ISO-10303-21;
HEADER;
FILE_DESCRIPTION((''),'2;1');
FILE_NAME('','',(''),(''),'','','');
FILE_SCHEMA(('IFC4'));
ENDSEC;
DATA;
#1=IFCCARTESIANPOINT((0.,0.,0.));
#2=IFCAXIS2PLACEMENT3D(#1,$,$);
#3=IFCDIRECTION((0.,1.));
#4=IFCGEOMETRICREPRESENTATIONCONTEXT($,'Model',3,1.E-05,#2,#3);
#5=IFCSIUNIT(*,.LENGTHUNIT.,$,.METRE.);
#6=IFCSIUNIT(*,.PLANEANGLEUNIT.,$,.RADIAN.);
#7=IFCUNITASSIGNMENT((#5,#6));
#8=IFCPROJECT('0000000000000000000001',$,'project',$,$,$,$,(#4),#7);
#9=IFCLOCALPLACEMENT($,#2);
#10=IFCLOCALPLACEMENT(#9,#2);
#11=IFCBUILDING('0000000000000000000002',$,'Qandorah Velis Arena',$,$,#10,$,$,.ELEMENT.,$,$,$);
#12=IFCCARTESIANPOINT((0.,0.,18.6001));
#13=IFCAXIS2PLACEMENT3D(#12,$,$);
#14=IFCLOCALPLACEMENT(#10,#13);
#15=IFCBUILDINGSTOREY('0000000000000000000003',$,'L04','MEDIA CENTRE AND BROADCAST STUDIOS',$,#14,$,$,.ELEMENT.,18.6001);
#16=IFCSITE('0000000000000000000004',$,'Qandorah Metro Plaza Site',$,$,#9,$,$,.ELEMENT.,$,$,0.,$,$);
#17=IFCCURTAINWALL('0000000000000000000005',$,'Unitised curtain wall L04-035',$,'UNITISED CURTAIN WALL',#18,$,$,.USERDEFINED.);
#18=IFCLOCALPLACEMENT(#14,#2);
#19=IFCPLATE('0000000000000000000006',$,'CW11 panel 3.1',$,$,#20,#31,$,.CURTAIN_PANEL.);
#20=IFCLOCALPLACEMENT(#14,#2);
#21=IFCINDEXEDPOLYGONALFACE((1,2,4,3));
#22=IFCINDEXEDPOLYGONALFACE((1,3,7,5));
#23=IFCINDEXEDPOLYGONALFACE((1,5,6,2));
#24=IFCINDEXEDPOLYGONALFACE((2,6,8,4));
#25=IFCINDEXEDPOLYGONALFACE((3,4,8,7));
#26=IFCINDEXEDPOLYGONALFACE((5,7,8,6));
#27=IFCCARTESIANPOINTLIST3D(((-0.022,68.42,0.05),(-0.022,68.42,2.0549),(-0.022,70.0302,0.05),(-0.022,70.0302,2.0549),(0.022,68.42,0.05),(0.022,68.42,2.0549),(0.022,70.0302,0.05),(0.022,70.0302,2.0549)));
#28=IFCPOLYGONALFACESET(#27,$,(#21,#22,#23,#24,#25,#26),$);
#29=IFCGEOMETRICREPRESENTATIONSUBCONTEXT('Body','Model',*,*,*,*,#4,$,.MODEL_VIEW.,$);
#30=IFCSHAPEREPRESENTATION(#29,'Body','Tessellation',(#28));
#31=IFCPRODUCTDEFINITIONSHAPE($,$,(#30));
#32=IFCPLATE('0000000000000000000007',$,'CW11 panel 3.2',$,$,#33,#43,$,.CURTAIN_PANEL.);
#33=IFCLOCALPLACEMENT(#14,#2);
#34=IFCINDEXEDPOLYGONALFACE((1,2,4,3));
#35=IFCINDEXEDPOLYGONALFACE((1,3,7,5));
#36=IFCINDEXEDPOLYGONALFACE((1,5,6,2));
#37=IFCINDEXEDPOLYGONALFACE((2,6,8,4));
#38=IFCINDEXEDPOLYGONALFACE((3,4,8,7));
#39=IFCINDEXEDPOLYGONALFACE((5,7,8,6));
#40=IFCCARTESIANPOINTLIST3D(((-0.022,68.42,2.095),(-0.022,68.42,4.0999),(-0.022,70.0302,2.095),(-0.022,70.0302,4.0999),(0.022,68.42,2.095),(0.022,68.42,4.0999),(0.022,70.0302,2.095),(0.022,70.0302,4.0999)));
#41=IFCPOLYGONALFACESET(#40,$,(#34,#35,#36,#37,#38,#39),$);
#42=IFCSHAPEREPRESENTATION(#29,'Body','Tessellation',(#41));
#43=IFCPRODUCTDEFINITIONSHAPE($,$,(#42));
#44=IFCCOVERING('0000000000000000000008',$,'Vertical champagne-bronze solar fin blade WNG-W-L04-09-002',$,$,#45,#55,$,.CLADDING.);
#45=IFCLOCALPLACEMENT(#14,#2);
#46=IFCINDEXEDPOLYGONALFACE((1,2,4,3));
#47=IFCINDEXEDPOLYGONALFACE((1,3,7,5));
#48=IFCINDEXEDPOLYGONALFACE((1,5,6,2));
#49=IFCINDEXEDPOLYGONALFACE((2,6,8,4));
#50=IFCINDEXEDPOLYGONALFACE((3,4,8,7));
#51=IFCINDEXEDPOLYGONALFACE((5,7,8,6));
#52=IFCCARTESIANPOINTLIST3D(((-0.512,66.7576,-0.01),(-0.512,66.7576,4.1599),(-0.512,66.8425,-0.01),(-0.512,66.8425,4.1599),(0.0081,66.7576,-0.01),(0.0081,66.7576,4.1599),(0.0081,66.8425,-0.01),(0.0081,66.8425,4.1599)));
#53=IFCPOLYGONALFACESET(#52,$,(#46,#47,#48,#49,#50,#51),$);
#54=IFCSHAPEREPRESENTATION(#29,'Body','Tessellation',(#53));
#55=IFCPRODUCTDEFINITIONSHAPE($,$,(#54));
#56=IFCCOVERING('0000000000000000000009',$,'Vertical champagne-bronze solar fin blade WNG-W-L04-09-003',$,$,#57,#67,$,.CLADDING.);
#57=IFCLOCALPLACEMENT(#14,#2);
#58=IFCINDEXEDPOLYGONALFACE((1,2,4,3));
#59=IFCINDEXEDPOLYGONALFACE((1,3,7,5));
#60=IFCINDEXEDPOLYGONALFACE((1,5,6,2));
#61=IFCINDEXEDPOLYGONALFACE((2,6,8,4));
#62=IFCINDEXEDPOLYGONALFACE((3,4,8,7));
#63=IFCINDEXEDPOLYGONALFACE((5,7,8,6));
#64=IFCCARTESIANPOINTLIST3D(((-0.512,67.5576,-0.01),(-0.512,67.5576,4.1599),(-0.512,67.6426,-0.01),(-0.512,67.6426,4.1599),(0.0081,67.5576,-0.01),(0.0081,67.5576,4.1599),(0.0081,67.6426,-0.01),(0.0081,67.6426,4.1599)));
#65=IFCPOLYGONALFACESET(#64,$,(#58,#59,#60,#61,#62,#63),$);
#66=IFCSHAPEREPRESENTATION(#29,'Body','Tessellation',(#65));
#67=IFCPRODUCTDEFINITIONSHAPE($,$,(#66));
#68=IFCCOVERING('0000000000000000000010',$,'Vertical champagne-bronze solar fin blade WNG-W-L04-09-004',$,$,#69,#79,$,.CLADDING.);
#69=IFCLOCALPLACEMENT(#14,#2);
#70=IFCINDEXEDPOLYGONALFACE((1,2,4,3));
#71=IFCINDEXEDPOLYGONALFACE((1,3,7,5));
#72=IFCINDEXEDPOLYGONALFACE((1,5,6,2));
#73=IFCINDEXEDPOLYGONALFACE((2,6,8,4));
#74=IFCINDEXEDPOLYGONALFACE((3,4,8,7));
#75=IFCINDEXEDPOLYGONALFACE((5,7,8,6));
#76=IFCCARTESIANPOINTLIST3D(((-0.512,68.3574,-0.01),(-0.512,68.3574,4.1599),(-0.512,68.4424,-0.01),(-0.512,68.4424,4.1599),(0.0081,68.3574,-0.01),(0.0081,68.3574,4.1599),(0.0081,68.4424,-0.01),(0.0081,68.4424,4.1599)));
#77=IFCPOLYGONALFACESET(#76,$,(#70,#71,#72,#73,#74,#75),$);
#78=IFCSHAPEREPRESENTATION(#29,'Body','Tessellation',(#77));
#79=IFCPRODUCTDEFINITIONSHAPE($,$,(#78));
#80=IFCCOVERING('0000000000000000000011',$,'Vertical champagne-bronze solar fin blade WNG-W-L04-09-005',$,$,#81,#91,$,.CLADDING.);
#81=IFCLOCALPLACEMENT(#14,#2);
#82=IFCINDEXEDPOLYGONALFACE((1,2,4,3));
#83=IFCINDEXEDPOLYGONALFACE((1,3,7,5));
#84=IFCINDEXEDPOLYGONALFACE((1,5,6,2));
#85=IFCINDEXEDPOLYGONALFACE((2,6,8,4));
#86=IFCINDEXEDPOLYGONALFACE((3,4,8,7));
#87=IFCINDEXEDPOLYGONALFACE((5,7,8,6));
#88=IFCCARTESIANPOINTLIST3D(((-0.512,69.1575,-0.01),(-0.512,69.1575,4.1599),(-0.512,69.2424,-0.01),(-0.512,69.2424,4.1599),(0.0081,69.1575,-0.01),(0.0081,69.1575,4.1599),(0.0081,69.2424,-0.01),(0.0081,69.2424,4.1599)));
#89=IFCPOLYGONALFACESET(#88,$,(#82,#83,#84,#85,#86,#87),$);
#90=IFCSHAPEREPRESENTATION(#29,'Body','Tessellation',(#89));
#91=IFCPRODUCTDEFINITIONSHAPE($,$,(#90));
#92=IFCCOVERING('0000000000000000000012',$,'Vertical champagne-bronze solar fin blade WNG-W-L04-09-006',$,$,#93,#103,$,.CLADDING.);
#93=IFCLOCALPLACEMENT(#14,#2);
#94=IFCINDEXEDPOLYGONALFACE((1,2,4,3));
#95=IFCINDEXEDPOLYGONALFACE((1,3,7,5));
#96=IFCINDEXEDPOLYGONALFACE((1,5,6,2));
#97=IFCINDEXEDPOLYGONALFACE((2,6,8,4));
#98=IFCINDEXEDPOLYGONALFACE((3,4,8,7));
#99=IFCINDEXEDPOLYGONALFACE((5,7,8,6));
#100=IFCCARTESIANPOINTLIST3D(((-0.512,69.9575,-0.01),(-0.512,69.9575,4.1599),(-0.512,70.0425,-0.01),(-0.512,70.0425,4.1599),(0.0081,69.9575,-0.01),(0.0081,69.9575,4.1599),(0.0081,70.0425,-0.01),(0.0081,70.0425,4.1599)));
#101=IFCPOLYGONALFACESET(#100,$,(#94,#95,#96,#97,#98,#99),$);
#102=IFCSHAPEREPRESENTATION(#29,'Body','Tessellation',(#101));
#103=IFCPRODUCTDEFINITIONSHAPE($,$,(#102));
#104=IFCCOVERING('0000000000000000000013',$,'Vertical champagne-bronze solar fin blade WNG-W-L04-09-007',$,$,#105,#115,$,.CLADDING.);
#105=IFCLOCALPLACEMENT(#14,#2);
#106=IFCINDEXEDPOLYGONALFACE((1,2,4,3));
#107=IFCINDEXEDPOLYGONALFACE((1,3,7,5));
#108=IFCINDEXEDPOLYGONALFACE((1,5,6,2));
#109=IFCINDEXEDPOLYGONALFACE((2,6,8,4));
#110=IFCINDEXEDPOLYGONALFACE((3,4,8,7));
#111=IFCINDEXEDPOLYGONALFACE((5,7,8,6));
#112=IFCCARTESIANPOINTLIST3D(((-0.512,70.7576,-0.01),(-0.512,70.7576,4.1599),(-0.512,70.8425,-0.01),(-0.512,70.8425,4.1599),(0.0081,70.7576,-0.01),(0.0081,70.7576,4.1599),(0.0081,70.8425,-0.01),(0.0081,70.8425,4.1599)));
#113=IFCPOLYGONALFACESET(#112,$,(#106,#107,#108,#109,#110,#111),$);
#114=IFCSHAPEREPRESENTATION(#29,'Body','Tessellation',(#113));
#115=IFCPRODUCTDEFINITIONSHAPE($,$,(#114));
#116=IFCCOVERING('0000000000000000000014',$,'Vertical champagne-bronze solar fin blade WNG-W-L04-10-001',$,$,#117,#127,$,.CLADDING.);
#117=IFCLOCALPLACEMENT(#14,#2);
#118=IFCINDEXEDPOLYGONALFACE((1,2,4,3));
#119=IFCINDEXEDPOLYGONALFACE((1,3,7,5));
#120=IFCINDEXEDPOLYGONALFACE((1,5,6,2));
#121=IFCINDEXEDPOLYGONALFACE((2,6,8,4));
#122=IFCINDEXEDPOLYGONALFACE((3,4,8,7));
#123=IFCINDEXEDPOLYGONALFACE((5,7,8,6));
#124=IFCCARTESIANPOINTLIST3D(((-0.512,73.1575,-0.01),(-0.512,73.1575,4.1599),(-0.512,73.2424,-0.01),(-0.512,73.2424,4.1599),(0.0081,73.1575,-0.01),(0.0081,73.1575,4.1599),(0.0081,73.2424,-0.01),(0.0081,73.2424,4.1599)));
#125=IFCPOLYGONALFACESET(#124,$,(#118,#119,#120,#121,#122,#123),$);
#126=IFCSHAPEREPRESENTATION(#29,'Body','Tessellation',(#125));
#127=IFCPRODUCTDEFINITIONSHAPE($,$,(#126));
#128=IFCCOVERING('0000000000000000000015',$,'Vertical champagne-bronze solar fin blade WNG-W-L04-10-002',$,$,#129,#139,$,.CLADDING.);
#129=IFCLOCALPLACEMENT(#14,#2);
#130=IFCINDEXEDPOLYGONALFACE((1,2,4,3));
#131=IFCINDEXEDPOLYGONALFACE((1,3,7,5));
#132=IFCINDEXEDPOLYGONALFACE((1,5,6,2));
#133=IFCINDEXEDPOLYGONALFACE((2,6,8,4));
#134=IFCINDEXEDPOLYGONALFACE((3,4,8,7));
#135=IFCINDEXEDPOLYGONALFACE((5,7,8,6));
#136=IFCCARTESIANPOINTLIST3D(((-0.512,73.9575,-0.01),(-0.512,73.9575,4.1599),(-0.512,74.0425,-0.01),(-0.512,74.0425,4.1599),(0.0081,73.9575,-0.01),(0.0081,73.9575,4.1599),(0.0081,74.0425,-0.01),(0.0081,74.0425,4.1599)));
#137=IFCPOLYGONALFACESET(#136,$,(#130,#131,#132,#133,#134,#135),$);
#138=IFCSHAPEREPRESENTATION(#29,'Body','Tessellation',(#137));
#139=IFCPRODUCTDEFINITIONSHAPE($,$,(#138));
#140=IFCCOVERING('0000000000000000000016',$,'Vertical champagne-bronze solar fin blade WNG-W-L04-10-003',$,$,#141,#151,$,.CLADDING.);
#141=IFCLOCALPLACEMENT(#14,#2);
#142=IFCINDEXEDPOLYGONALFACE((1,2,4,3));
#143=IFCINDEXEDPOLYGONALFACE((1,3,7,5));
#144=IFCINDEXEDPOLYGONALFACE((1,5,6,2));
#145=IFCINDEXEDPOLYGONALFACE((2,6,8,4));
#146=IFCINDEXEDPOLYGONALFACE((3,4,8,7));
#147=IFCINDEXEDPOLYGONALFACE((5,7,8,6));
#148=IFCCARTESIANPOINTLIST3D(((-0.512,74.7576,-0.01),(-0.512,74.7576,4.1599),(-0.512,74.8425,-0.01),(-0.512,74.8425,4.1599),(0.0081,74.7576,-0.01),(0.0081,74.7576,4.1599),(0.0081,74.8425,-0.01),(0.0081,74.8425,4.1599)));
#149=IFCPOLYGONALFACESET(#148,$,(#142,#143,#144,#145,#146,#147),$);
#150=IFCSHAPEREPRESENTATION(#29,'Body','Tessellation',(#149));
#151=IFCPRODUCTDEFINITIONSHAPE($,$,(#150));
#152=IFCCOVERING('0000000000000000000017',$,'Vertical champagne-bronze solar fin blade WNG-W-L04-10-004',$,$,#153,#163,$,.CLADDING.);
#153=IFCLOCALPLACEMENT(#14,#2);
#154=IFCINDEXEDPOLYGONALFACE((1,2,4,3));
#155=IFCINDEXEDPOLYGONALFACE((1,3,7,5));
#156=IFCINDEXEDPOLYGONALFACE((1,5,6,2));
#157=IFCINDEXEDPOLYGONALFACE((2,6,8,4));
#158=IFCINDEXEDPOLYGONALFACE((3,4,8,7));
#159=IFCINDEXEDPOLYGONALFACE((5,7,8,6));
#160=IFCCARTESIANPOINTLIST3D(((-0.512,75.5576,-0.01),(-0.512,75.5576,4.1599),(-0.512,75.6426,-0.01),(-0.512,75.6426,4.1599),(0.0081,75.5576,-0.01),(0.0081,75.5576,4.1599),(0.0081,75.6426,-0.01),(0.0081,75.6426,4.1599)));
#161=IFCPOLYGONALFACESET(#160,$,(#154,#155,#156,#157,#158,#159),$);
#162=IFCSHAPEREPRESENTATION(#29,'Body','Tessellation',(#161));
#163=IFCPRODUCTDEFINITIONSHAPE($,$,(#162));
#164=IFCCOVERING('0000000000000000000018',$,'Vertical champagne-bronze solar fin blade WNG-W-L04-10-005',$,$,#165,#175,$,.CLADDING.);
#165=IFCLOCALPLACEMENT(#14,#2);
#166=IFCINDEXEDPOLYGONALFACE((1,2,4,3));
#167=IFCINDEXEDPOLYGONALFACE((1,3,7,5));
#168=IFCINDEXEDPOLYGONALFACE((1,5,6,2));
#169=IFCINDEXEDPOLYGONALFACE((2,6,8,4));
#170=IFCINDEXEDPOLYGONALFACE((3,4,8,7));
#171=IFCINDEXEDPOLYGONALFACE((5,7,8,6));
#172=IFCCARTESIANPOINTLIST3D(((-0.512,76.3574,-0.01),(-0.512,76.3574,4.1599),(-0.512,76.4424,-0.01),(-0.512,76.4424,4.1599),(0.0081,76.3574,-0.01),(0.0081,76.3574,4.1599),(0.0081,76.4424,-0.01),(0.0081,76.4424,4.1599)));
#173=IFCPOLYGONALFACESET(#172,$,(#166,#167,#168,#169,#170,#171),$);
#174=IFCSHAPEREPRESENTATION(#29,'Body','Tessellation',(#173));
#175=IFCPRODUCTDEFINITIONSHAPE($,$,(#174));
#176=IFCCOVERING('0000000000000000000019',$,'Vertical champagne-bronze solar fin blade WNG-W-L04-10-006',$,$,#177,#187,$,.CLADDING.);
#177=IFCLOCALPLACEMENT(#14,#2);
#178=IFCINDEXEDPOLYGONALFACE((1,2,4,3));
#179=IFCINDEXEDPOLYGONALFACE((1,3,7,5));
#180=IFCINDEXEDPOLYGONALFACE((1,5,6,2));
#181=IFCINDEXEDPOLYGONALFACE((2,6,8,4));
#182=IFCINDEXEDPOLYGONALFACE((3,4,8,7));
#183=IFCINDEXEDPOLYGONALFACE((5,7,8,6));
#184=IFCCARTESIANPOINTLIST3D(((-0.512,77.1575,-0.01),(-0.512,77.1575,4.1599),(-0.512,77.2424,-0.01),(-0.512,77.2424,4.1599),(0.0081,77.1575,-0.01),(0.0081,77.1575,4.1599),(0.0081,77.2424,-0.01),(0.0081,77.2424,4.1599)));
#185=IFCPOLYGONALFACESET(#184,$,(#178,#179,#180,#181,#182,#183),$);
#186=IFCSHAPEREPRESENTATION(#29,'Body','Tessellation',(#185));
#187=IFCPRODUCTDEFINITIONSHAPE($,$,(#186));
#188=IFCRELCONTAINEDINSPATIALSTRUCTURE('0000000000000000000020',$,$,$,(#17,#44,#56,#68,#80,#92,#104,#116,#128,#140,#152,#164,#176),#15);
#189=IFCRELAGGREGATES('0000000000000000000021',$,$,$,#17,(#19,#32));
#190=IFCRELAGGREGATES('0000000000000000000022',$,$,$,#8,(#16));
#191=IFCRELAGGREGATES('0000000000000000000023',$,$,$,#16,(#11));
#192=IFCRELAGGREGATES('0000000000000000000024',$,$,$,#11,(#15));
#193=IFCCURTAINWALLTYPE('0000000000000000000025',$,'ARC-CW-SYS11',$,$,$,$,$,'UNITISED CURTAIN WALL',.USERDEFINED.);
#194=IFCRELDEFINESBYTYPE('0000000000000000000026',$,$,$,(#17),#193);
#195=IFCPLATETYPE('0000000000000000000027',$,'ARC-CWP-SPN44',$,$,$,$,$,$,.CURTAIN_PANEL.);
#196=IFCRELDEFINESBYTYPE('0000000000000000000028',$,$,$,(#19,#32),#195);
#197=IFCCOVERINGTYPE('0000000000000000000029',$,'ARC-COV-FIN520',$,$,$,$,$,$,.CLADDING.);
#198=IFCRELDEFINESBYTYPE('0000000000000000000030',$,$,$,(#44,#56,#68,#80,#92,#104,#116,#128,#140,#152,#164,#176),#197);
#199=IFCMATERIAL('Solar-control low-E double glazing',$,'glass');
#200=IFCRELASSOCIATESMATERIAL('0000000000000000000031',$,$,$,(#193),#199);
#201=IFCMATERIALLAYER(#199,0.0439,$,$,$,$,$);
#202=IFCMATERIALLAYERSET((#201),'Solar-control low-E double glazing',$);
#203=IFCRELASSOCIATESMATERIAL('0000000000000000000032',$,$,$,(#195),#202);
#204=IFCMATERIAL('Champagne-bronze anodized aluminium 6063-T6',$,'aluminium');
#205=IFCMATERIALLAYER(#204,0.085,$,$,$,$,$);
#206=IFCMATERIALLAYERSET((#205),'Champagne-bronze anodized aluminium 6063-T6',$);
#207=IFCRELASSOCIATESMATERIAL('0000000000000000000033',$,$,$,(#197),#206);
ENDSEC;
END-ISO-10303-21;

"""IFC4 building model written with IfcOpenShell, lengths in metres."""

from ifc_helpers import new_model, si_unit, direction, frame, origin, origin_2d, place, context, subcontext, project, spatial, rectangle, extrude, material, layer, layer_set, type_object, element, aggregate, save


model = new_model("IFC4")

# Units and contexts
model_context = context("Model", 3, precision=1e-05, world=origin(), true_north=direction((0.0, 1.0)))
body_context = subcontext(model_context, "Body", "Model", "MODEL_VIEW")
ifc_project = project(units=[si_unit("LENGTHUNIT", "METRE"), si_unit("PLANEANGLEUNIT", "RADIAN")], contexts=[model_context])

# Site, building, storey
site_placement = place(None, origin())
site = spatial("IfcSite", under=ifc_project, at=site_placement, Name="Qandorah Metro Plaza Site", CompositionType="ELEMENT", RefElevation=0.0)
building_placement = place(site_placement, origin())
building = spatial("IfcBuilding", under=site, at=building_placement, Name="Qandorah Velis Arena", CompositionType="ELEMENT")
storey_placement = place(building_placement, frame((0.0, 0.0, 18.6001)))
storey = spatial("IfcBuildingStorey", under=building, at=storey_placement, Name="L04", Description="MEDIA CENTRE AND BROADCAST STUDIOS", CompositionType="ELEMENT", Elevation=18.6001)

# Curtain wall, plates
ifc_material_1 = material(Name="Solar-control low-E double glazing", Category="glass")
curtain_wall_type = type_object("IfcCurtainWallType", Name="ARC-CW-SYS11", ElementType="UNITISED CURTAIN WALL", PredefinedType="USERDEFINED", material=ifc_material_1)
curtain_wall_placement = place(storey_placement, origin())
curtain_wall = element("IfcCurtainWall", 1, at=curtain_wall_placement, inside=storey, type_object=curtain_wall_type, Name="Unitised curtain wall L04-035", ObjectType="UNITISED CURTAIN WALL", PredefinedType="USERDEFINED")
ifc_material_2 = material(Name="Champagne-bronze anodized aluminium 6063-T6", Category="aluminium")
ifc_layer_1 = layer(ifc_material_1, 0.0439)
ifc_layer_set_1 = layer_set([ifc_layer_1], Name="Solar-control low-E double glazing")
plate_type = type_object("IfcPlateType", Name="ARC-CWP-SPN44", PredefinedType="CURTAIN_PANEL", material=ifc_layer_set_1)
plate_1_placement = place(storey_placement, frame((0.0, 69.2251, 0.05), z_axis=(0.0, 0.0, 1.0), x_axis=(0.0, 1.0, 0.0)))
plate_1 = element("IfcPlate", 2, at=plate_1_placement, type_object=plate_type, Name="CW11 panel 3.1", PredefinedType="CURTAIN_PANEL", context=body_context, shape_type="SweptSolid", body=[
    extrude(rectangle(XDim=1.6101, YDim=0.0439, at=origin_2d()), origin(), (0.0, 0.0, 1.0), 2.0049),
])
plate_2_placement = place(storey_placement, frame((0.0, 69.2251, 2.095), z_axis=(0.0, 0.0, 1.0), x_axis=(0.0, 1.0, 0.0)))
plate_2 = element("IfcPlate", 3, at=plate_2_placement, type_object=plate_type, Name="CW11 panel 3.2", PredefinedType="CURTAIN_PANEL", context=body_context, shape_type="SweptSolid", body=[
    extrude(rectangle(XDim=1.6101, YDim=0.0439, at=origin_2d()), origin(), (0.0, 0.0, 1.0), 2.0049),
])
aggregate(curtain_wall, [plate_1, plate_2])

# Coverings
ifc_layer_2 = layer(ifc_material_2, 0.085)
ifc_layer_set_2 = layer_set([ifc_layer_2], Name="Champagne-bronze anodized aluminium 6063-T6")
covering_type = type_object("IfcCoveringType", Name="ARC-COV-FIN520", PredefinedType="CLADDING", material=ifc_layer_set_2)
for number, where, z_axis, x_axis, name in (
    (4, (-0.252, 66.8, -0.01), (0.0, 0.0, 1.0), (1.0, 0.0, 0.0), "Vertical champagne-bronze solar fin blade WNG-W-L04-09-002"),
    (5, (-0.252, 67.6001, -0.01), (0.0, 0.0, 1.0), (1.0, 0.0, 0.0), "Vertical champagne-bronze solar fin blade WNG-W-L04-09-003"),
    (6, (-0.252, 68.3999, -0.01), (0.0, 0.0, 1.0), (1.0, 0.0, 0.0), "Vertical champagne-bronze solar fin blade WNG-W-L04-09-004"),
    (7, (-0.252, 69.2, -0.01), (0.0, 0.0, 1.0), (1.0, 0.0, 0.0), "Vertical champagne-bronze solar fin blade WNG-W-L04-09-005"),
    (8, (-0.252, 70.0, -0.01), (0.0, 0.0, 1.0), (1.0, 0.0, 0.0), "Vertical champagne-bronze solar fin blade WNG-W-L04-09-006"),
    (9, (-0.252, 70.8, -0.01), (0.0, 0.0, 1.0), (1.0, 0.0, 0.0), "Vertical champagne-bronze solar fin blade WNG-W-L04-09-007"),
    (10, (-0.252, 73.2, -0.01), (0.0, 0.0, 1.0), (1.0, 0.0, 0.0), "Vertical champagne-bronze solar fin blade WNG-W-L04-10-001"),
    (11, (-0.252, 74.0, -0.01), (0.0, 0.0, 1.0), (1.0, 0.0, 0.0), "Vertical champagne-bronze solar fin blade WNG-W-L04-10-002"),
    (12, (-0.252, 74.8, -0.01), (0.0, 0.0, 1.0), (1.0, 0.0, 0.0), "Vertical champagne-bronze solar fin blade WNG-W-L04-10-003"),
    (13, (-0.252, 75.6001, -0.01), (0.0, 0.0, 1.0), (1.0, 0.0, 0.0), "Vertical champagne-bronze solar fin blade WNG-W-L04-10-004"),
    (14, (-0.252, 76.3999, -0.01), (0.0, 0.0, 1.0), (1.0, 0.0, 0.0), "Vertical champagne-bronze solar fin blade WNG-W-L04-10-005"),
    (15, (-0.252, 77.2, -0.01), (0.0, 0.0, 1.0), (1.0, 0.0, 0.0), "Vertical champagne-bronze solar fin blade WNG-W-L04-10-006"),
):
    element("IfcCovering", number, at=place(storey_placement, frame(where, z_axis=z_axis, x_axis=x_axis)), inside=storey, type_object=covering_type, Name=name, PredefinedType="CLADDING", context=body_context, shape_type="SweptSolid", body=[
        extrude(rectangle(XDim=0.52, YDim=0.085, at=origin_2d()), origin(), (0.0, 0.0, 1.0), 4.1699),
    ])

save(model, "model.ifc")
